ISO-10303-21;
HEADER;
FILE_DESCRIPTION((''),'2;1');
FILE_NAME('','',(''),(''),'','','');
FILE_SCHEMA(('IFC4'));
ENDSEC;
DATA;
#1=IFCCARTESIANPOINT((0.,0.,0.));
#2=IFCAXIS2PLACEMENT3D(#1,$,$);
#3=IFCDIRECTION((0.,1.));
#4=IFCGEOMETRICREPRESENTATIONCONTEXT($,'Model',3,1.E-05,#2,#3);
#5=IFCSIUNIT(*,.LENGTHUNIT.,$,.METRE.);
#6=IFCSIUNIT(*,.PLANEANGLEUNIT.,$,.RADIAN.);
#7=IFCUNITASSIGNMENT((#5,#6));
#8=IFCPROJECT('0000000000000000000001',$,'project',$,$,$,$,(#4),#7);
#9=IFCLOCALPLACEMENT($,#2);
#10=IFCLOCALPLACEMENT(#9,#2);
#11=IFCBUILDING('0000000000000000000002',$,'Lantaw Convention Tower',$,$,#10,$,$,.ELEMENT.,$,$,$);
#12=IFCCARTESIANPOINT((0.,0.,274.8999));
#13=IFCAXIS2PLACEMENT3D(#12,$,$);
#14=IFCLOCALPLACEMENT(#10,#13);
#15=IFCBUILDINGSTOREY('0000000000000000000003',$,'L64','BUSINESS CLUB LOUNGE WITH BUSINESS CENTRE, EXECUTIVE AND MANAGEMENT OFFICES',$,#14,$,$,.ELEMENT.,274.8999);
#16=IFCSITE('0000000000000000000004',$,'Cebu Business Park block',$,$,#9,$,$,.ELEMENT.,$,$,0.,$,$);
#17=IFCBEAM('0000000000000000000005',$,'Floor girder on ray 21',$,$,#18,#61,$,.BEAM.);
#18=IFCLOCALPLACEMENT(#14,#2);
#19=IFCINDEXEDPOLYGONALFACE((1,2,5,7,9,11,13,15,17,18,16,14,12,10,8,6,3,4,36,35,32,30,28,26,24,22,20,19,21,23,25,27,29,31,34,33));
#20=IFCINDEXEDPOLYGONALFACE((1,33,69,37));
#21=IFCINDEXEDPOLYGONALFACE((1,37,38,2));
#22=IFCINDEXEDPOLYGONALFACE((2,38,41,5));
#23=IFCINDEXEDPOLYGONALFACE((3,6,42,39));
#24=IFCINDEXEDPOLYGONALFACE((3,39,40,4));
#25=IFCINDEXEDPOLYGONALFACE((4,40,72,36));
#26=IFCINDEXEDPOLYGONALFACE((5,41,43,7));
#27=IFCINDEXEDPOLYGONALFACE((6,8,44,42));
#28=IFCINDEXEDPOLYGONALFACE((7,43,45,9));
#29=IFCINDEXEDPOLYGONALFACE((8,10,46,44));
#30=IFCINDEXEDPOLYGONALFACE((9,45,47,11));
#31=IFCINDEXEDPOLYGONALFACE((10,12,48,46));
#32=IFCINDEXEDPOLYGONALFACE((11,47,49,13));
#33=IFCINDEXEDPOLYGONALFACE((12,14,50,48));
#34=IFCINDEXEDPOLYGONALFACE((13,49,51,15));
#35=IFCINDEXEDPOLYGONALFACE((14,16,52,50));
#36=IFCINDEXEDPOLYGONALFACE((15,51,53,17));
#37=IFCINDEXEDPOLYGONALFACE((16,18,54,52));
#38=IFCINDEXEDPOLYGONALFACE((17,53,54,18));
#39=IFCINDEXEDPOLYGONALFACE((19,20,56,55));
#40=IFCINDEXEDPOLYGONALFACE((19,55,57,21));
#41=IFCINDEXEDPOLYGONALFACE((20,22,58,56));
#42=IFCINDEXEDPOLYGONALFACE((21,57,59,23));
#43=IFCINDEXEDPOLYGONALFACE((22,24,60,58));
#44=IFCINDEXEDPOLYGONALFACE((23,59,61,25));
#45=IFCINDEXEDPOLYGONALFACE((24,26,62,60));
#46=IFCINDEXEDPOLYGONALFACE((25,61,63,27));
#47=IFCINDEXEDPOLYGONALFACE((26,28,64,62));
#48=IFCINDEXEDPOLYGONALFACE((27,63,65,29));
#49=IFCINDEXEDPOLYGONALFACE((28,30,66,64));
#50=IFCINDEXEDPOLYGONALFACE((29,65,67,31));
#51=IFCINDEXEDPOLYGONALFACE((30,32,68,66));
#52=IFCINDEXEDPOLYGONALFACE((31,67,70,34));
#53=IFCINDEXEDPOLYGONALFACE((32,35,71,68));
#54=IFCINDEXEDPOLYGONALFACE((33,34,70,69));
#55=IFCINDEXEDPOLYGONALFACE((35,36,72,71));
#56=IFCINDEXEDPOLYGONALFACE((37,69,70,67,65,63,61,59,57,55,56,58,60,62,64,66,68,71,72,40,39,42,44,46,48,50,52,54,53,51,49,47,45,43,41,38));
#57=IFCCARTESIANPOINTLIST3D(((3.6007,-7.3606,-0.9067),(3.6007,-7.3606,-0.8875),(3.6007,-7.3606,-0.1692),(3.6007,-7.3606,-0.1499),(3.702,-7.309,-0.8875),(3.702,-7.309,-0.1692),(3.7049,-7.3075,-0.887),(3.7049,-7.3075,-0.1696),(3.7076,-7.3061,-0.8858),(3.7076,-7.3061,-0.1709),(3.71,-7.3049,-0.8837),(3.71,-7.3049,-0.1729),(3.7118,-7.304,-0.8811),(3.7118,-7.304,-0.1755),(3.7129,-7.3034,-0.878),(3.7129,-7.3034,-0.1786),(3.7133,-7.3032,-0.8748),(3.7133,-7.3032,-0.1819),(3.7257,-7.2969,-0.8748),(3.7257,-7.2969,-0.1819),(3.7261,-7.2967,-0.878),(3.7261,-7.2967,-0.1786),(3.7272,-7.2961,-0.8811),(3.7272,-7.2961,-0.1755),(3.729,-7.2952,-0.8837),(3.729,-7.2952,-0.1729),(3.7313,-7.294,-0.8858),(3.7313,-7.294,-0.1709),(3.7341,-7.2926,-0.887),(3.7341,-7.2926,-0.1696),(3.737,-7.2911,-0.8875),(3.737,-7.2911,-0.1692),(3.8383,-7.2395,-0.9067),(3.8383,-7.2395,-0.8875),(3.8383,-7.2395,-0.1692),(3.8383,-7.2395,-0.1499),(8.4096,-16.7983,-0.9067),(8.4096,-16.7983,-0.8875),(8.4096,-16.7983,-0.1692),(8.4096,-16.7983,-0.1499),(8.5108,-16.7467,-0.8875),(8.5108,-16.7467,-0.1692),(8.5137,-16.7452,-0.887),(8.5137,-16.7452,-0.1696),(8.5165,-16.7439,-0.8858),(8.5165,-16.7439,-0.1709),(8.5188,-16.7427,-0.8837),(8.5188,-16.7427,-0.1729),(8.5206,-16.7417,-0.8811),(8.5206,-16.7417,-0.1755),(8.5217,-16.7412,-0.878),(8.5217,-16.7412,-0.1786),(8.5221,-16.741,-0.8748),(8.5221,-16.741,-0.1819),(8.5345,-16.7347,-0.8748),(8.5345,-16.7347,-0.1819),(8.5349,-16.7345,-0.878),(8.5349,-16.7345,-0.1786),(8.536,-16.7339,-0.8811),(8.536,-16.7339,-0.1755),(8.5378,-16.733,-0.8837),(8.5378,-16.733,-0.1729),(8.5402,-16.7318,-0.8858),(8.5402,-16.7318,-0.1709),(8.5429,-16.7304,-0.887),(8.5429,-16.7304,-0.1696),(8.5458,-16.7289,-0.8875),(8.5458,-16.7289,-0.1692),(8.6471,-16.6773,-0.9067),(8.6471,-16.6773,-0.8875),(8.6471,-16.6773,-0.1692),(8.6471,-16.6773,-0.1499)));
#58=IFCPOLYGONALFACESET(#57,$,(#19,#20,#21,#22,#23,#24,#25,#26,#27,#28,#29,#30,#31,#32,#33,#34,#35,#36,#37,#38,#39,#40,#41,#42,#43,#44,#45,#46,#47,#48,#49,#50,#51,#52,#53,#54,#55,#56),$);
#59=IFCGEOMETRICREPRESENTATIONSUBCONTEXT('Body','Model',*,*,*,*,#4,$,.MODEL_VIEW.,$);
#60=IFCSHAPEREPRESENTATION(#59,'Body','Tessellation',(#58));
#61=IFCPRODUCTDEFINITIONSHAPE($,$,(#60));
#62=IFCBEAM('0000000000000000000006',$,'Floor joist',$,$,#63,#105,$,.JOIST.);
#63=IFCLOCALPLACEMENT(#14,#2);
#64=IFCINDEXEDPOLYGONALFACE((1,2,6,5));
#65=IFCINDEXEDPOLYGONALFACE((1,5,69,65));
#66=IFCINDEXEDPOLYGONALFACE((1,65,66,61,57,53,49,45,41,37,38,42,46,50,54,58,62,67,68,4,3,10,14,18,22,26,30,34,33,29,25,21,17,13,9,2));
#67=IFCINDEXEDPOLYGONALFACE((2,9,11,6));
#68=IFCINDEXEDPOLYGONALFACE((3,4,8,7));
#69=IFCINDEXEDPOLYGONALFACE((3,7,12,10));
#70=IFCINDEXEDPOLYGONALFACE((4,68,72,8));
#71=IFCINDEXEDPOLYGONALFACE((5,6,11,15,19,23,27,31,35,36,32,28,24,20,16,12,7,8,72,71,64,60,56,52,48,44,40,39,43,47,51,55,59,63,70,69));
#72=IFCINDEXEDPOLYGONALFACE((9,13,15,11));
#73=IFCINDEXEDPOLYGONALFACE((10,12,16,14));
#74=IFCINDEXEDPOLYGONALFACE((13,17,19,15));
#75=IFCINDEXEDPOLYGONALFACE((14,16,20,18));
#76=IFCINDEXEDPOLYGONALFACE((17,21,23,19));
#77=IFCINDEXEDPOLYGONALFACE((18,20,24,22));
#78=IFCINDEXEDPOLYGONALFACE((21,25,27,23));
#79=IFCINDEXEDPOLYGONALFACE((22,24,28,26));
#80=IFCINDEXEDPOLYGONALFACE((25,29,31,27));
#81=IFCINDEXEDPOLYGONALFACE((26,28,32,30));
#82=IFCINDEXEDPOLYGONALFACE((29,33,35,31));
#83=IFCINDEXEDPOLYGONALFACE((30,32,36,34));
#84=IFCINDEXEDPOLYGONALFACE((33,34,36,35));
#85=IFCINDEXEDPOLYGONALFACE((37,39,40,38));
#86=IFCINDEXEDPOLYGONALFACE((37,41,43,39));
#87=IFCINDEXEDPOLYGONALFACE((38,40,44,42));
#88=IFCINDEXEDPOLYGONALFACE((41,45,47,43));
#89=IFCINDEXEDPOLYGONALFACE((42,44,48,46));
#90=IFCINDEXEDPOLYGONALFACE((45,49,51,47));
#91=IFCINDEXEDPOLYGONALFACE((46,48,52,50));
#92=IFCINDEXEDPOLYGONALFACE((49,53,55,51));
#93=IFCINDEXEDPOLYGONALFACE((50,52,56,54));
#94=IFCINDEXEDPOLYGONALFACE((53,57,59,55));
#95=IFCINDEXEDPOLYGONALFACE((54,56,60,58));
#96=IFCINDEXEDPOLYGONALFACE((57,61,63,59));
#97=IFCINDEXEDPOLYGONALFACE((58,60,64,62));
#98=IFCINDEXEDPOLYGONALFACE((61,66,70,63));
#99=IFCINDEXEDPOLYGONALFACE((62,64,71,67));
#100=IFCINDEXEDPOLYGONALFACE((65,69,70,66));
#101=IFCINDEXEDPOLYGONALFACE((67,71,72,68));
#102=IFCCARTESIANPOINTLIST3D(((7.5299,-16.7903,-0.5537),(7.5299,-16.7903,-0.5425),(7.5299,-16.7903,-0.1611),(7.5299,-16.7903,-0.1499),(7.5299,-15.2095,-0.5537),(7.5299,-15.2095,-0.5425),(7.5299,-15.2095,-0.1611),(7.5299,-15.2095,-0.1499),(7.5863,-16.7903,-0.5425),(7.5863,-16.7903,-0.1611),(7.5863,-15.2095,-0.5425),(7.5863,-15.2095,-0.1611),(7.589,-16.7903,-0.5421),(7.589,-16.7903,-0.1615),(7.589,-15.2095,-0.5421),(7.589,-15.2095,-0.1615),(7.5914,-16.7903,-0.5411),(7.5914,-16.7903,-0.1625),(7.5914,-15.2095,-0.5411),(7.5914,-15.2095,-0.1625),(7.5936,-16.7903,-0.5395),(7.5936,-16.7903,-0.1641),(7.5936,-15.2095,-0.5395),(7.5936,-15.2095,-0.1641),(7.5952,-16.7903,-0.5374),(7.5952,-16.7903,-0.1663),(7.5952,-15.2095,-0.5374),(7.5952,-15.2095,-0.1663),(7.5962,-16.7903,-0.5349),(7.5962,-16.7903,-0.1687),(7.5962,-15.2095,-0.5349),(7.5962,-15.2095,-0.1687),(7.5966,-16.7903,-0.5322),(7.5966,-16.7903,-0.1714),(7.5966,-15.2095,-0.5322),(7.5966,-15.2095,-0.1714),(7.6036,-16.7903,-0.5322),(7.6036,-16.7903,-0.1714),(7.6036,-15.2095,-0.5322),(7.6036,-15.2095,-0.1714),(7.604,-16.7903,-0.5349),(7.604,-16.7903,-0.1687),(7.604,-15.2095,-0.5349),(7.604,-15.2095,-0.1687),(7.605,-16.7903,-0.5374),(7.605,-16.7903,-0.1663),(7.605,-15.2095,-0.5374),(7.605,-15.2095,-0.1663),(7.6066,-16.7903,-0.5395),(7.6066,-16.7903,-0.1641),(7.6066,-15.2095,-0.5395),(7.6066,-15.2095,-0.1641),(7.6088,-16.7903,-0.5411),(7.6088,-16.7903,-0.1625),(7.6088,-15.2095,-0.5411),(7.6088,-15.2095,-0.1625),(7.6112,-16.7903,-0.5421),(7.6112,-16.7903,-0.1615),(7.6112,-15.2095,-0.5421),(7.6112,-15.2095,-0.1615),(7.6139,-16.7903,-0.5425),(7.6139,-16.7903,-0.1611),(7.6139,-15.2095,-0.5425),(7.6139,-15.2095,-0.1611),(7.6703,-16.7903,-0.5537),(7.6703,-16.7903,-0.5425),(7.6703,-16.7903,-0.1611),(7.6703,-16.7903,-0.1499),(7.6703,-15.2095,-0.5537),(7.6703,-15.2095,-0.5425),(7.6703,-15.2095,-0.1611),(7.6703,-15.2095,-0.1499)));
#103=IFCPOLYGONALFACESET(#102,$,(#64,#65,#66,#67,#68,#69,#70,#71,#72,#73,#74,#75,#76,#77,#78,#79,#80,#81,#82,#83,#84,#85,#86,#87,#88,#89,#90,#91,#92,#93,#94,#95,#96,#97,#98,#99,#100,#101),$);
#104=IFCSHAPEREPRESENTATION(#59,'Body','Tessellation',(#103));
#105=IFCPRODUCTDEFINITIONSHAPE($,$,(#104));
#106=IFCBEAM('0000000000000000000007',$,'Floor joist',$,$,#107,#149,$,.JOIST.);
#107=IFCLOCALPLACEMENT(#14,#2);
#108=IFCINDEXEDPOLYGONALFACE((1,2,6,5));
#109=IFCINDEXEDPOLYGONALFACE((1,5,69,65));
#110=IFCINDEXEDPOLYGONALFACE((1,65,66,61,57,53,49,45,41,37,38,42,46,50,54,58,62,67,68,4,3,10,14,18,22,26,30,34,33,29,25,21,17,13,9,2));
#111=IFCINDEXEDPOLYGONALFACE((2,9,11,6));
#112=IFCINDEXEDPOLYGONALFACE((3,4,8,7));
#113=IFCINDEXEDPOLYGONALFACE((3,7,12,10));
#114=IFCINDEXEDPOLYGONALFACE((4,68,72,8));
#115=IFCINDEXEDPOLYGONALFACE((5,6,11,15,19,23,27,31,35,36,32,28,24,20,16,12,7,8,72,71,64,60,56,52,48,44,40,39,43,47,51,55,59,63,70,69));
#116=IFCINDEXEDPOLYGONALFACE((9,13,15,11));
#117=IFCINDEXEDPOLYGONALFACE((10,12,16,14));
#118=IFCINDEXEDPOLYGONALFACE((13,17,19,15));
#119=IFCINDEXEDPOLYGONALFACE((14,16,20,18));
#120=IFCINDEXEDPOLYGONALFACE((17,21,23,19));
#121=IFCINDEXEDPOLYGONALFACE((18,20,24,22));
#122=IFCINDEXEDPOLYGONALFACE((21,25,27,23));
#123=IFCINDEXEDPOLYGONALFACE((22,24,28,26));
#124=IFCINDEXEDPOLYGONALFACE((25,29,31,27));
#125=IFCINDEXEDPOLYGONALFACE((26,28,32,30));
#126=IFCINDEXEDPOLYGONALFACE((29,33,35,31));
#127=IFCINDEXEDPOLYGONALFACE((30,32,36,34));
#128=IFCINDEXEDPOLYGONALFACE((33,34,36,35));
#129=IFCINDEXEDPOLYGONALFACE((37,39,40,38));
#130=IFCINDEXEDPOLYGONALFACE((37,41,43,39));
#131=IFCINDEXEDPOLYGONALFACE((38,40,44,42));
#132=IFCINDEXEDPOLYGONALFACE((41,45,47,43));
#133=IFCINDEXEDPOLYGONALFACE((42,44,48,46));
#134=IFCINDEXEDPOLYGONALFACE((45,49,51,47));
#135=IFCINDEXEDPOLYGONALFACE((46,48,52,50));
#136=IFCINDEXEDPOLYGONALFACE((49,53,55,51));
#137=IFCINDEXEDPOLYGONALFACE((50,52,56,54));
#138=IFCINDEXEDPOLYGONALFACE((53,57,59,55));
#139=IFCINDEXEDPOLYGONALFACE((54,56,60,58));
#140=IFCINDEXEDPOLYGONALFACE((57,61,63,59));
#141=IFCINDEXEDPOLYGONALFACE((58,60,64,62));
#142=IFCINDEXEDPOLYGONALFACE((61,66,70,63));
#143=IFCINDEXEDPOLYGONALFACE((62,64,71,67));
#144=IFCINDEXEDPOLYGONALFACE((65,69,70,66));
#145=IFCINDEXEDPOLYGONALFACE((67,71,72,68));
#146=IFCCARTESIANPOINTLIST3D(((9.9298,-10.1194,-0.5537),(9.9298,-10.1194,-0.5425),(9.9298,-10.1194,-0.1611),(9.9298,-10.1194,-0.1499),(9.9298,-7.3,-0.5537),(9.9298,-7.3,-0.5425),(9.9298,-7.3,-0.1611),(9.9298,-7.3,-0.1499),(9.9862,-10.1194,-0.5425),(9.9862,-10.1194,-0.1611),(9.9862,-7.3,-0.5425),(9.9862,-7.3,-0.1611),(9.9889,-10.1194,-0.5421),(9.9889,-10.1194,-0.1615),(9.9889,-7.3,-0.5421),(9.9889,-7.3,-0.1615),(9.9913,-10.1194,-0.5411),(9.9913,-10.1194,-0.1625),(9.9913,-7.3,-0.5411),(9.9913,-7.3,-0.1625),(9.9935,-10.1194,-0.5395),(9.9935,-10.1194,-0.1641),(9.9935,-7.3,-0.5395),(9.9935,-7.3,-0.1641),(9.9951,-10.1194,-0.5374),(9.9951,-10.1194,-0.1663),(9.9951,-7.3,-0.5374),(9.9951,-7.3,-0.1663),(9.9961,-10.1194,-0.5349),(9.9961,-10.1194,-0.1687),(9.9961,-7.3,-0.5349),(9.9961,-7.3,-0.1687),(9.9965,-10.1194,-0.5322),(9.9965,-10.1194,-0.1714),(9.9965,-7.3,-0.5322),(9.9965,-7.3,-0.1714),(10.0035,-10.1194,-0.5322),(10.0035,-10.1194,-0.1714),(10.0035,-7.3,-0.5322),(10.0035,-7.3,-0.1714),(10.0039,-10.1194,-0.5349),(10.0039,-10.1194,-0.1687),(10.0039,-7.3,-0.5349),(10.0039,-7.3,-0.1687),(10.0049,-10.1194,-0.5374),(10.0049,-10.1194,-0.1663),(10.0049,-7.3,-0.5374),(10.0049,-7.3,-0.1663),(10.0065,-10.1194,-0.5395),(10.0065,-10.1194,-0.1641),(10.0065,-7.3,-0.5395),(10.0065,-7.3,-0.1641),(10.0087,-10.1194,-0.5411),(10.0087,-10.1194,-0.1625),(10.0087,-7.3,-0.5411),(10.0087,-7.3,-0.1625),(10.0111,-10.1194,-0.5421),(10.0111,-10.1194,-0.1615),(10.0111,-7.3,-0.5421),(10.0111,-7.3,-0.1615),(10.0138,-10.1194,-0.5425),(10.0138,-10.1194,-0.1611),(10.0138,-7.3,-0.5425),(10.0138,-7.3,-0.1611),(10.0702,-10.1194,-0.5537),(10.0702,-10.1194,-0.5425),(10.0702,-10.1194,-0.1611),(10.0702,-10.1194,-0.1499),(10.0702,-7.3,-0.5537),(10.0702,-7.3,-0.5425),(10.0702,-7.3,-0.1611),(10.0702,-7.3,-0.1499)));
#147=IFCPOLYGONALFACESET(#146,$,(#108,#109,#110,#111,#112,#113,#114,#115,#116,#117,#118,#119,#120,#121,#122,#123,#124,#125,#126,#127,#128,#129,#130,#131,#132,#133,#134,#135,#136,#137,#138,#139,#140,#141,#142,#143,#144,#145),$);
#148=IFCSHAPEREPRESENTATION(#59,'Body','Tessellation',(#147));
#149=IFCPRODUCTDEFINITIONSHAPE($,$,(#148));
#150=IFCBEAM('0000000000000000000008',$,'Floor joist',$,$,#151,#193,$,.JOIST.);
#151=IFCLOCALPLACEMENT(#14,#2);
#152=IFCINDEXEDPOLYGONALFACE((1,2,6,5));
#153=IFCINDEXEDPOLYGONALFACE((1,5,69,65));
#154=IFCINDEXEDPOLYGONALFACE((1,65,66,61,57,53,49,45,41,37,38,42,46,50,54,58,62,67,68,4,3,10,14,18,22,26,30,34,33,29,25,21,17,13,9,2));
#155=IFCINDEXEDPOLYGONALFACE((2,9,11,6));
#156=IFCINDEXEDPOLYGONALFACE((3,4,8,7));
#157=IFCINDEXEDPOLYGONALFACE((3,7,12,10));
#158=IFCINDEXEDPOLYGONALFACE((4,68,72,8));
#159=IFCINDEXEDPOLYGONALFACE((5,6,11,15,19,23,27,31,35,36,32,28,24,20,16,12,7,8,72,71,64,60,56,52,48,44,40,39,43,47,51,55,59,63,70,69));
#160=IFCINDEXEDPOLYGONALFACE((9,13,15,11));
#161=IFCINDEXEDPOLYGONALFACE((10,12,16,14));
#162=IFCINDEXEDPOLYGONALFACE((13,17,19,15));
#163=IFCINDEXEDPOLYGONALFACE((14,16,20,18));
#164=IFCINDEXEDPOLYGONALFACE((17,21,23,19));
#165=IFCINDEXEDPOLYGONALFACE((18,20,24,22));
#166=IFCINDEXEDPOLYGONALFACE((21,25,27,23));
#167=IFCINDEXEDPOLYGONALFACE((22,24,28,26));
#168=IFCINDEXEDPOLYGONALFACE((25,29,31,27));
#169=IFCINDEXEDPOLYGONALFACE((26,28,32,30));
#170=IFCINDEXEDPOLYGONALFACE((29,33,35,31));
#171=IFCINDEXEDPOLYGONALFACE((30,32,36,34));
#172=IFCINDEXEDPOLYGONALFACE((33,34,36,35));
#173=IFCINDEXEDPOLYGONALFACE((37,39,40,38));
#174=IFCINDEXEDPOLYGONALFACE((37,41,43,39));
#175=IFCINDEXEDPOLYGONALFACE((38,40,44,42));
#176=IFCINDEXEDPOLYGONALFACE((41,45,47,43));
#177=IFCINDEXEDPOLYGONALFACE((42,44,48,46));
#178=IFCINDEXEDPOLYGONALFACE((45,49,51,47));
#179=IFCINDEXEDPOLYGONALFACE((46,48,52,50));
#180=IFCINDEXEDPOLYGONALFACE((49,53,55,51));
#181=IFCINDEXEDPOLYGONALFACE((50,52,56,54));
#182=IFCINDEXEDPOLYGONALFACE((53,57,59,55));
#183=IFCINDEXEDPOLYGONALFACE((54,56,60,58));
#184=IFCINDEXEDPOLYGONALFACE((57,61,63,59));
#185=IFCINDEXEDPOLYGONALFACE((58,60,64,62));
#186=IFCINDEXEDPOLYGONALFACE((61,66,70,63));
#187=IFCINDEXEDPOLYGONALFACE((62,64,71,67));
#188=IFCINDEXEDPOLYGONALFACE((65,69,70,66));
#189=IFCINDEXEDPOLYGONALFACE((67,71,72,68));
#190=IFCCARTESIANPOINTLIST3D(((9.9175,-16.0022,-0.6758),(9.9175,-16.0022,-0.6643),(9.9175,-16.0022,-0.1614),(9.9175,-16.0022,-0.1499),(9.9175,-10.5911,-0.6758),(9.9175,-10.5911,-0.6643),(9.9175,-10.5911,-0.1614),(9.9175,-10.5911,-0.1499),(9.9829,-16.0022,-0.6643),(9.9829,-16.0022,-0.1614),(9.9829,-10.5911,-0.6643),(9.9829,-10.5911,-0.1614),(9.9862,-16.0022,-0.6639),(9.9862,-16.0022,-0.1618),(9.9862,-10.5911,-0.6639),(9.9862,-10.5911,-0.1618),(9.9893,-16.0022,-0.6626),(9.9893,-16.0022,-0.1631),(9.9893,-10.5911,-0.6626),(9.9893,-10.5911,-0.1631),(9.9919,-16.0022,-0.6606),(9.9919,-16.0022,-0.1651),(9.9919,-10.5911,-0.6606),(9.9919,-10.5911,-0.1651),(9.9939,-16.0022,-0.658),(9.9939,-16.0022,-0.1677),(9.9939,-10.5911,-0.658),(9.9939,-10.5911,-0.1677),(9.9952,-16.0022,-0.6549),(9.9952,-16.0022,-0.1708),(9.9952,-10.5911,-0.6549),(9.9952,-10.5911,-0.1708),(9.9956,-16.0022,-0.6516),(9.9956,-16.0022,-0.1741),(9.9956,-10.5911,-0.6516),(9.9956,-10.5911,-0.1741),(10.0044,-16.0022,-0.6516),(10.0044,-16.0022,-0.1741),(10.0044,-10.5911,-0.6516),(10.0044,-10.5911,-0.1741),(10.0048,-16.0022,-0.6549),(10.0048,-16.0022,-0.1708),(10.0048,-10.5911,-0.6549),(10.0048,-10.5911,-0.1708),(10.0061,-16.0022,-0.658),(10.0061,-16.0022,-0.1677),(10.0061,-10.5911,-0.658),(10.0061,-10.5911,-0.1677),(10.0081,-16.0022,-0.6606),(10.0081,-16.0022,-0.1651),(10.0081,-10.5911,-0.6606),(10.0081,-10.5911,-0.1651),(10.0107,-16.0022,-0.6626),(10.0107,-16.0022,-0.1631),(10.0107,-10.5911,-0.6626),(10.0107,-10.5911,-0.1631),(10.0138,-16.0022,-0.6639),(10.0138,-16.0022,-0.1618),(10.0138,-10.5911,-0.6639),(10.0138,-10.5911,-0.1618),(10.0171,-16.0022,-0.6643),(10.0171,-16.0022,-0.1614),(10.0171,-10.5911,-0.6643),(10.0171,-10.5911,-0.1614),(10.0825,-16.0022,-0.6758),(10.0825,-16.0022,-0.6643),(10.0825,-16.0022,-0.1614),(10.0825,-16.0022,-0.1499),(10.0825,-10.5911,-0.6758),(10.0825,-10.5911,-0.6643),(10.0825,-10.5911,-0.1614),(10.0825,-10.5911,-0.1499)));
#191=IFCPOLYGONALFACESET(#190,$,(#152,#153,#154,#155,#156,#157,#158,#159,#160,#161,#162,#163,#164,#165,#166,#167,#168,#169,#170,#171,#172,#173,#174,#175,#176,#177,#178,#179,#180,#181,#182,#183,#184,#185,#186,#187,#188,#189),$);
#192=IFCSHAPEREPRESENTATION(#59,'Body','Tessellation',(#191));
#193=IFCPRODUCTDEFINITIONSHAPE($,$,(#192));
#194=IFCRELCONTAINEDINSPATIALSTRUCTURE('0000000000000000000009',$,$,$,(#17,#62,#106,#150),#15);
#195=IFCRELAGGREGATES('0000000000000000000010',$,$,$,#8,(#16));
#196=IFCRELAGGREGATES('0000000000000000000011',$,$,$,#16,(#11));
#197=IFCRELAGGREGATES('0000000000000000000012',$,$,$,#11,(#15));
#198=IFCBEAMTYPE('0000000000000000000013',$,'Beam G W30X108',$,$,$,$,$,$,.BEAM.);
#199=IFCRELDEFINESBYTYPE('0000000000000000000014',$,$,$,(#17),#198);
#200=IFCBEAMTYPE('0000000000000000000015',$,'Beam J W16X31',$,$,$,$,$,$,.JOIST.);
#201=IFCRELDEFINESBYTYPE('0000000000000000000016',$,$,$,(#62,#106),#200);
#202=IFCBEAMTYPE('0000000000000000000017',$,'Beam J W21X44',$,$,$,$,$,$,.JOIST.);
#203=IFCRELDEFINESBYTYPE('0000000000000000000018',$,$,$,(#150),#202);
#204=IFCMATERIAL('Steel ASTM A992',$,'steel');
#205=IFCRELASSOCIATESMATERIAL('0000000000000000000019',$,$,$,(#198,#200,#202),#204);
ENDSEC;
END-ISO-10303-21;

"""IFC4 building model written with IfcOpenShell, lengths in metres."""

from ifc_helpers import new_model, si_unit, direction, frame, origin, origin_2d, place, context, subcontext, project, spatial, i_section, extrude, material, material_profile, profile_set, type_object, element, save


model = new_model("IFC4")

# Units and contexts
model_context = context("Model", 3, precision=1e-05, world=origin(), true_north=direction((0.0, 1.0)))
body_context = subcontext(model_context, "Body", "Model", "MODEL_VIEW")
ifc_project = project(units=[si_unit("LENGTHUNIT", "METRE"), si_unit("PLANEANGLEUNIT", "RADIAN")], contexts=[model_context])

# Site, building, storey
site_placement = place(None, origin())
site = spatial("IfcSite", under=ifc_project, at=site_placement, Name="Cebu Business Park block", CompositionType="ELEMENT", RefElevation=0.0)
building_placement = place(site_placement, origin())
building = spatial("IfcBuilding", under=site, at=building_placement, Name="Lantaw Convention Tower", CompositionType="ELEMENT")
storey_placement = place(building_placement, frame((0.0, 0.0, 274.8999)))
storey = spatial("IfcBuildingStorey", under=building, at=storey_placement, Name="L64", Description="BUSINESS CLUB LOUNGE WITH BUSINESS CENTRE, EXECUTIVE AND MANAGEMENT OFFICES", CompositionType="ELEMENT", Elevation=274.8999)

# Beams
ifc_material_1 = material(Name="Steel ASTM A992", Category="steel")
ifc_material_profile_1 = material_profile(ifc_material_1, i_section(OverallWidth=0.2666, OverallDepth=0.7568, WebThickness=0.0139, FlangeThickness=0.0193, FilletRadius=0.0127, at=origin_2d()), Name="W30X108")
ifc_profile_set_1 = profile_set([ifc_material_profile_1], Name="Steel ASTM A992")
beam_type_1 = type_object("IfcBeamType", Name="Beam G W30X108", PredefinedType="BEAM", material=ifc_profile_set_1)
beam_1_placement = place(storey_placement, frame((3.7195, -7.3, -0.5283), z_axis=(0.453996, -0.891004, 0.0), x_axis=(0.891004, 0.453996, 0.0)))
element("IfcBeam", 1, at=beam_1_placement, inside=storey, type_object=beam_type_1, Name="Floor girder on ray 21", PredefinedType="BEAM", context=body_context, shape_type="SweptSolid", body=[
    extrude(i_section(OverallWidth=0.2666, OverallDepth=0.7568, WebThickness=0.0139, FlangeThickness=0.0193, FilletRadius=0.0127, at=origin_2d()), origin(), (0.0, 0.0, 1.0), 10.5923),
])
ifc_material_profile_2 = material_profile(ifc_material_1, i_section(OverallWidth=0.1404, OverallDepth=0.4038, WebThickness=0.0071, FlangeThickness=0.0112, FilletRadius=0.0103, at=origin_2d()), Name="W16X31")
ifc_profile_set_2 = profile_set([ifc_material_profile_2], Name="Steel ASTM A992")
beam_type_2 = type_object("IfcBeamType", Name="Beam J W16X31", PredefinedType="JOIST", material=ifc_profile_set_2)
beam_2_placement = place(storey_placement, frame((7.6001, -16.7903, -0.3518), z_axis=(0.0, 1.0, 0.0), x_axis=(-1.0, 0.0, 0.0)))
element("IfcBeam", 2, at=beam_2_placement, inside=storey, type_object=beam_type_2, Name="Floor joist", PredefinedType="JOIST", context=body_context, shape_type="SweptSolid", body=[
    extrude(i_section(OverallWidth=0.1404, OverallDepth=0.4038, WebThickness=0.0071, FlangeThickness=0.0112, FilletRadius=0.0103, at=origin_2d()), origin(), (0.0, 0.0, 1.0), 1.5808),
])
beam_3_placement = place(storey_placement, frame((10.0, -10.1194, -0.3518), z_axis=(0.0, 1.0, 0.0), x_axis=(-1.0, 0.0, 0.0)))
element("IfcBeam", 3, at=beam_3_placement, inside=storey, type_object=beam_type_2, Name="Floor joist", PredefinedType="JOIST", context=body_context, shape_type="SweptSolid", body=[
    extrude(i_section(OverallWidth=0.1404, OverallDepth=0.4038, WebThickness=0.0071, FlangeThickness=0.0112, FilletRadius=0.0103, at=origin_2d()), origin(), (0.0, 0.0, 1.0), 2.8193),
])
ifc_material_profile_3 = material_profile(ifc_material_1, i_section(OverallWidth=0.165, OverallDepth=0.5259, WebThickness=0.0088, FlangeThickness=0.0115, FilletRadius=0.0127, at=origin_2d()), Name="W21X44")
ifc_profile_set_3 = profile_set([ifc_material_profile_3], Name="Steel ASTM A992")
beam_type_3 = type_object("IfcBeamType", Name="Beam J W21X44", PredefinedType="JOIST", material=ifc_profile_set_3)
beam_4_placement = place(storey_placement, frame((10.0, -16.0022, -0.4128), z_axis=(0.0, 1.0, 0.0), x_axis=(-1.0, 0.0, 0.0)))
element("IfcBeam", 4, at=beam_4_placement, inside=storey, type_object=beam_type_3, Name="Floor joist", PredefinedType="JOIST", context=body_context, shape_type="SweptSolid", body=[
    extrude(i_section(OverallWidth=0.165, OverallDepth=0.5259, WebThickness=0.0088, FlangeThickness=0.0115, FilletRadius=0.0127, at=origin_2d()), origin(), (0.0, 0.0, 1.0), 5.4111),
])

save(model, "model.ifc")
